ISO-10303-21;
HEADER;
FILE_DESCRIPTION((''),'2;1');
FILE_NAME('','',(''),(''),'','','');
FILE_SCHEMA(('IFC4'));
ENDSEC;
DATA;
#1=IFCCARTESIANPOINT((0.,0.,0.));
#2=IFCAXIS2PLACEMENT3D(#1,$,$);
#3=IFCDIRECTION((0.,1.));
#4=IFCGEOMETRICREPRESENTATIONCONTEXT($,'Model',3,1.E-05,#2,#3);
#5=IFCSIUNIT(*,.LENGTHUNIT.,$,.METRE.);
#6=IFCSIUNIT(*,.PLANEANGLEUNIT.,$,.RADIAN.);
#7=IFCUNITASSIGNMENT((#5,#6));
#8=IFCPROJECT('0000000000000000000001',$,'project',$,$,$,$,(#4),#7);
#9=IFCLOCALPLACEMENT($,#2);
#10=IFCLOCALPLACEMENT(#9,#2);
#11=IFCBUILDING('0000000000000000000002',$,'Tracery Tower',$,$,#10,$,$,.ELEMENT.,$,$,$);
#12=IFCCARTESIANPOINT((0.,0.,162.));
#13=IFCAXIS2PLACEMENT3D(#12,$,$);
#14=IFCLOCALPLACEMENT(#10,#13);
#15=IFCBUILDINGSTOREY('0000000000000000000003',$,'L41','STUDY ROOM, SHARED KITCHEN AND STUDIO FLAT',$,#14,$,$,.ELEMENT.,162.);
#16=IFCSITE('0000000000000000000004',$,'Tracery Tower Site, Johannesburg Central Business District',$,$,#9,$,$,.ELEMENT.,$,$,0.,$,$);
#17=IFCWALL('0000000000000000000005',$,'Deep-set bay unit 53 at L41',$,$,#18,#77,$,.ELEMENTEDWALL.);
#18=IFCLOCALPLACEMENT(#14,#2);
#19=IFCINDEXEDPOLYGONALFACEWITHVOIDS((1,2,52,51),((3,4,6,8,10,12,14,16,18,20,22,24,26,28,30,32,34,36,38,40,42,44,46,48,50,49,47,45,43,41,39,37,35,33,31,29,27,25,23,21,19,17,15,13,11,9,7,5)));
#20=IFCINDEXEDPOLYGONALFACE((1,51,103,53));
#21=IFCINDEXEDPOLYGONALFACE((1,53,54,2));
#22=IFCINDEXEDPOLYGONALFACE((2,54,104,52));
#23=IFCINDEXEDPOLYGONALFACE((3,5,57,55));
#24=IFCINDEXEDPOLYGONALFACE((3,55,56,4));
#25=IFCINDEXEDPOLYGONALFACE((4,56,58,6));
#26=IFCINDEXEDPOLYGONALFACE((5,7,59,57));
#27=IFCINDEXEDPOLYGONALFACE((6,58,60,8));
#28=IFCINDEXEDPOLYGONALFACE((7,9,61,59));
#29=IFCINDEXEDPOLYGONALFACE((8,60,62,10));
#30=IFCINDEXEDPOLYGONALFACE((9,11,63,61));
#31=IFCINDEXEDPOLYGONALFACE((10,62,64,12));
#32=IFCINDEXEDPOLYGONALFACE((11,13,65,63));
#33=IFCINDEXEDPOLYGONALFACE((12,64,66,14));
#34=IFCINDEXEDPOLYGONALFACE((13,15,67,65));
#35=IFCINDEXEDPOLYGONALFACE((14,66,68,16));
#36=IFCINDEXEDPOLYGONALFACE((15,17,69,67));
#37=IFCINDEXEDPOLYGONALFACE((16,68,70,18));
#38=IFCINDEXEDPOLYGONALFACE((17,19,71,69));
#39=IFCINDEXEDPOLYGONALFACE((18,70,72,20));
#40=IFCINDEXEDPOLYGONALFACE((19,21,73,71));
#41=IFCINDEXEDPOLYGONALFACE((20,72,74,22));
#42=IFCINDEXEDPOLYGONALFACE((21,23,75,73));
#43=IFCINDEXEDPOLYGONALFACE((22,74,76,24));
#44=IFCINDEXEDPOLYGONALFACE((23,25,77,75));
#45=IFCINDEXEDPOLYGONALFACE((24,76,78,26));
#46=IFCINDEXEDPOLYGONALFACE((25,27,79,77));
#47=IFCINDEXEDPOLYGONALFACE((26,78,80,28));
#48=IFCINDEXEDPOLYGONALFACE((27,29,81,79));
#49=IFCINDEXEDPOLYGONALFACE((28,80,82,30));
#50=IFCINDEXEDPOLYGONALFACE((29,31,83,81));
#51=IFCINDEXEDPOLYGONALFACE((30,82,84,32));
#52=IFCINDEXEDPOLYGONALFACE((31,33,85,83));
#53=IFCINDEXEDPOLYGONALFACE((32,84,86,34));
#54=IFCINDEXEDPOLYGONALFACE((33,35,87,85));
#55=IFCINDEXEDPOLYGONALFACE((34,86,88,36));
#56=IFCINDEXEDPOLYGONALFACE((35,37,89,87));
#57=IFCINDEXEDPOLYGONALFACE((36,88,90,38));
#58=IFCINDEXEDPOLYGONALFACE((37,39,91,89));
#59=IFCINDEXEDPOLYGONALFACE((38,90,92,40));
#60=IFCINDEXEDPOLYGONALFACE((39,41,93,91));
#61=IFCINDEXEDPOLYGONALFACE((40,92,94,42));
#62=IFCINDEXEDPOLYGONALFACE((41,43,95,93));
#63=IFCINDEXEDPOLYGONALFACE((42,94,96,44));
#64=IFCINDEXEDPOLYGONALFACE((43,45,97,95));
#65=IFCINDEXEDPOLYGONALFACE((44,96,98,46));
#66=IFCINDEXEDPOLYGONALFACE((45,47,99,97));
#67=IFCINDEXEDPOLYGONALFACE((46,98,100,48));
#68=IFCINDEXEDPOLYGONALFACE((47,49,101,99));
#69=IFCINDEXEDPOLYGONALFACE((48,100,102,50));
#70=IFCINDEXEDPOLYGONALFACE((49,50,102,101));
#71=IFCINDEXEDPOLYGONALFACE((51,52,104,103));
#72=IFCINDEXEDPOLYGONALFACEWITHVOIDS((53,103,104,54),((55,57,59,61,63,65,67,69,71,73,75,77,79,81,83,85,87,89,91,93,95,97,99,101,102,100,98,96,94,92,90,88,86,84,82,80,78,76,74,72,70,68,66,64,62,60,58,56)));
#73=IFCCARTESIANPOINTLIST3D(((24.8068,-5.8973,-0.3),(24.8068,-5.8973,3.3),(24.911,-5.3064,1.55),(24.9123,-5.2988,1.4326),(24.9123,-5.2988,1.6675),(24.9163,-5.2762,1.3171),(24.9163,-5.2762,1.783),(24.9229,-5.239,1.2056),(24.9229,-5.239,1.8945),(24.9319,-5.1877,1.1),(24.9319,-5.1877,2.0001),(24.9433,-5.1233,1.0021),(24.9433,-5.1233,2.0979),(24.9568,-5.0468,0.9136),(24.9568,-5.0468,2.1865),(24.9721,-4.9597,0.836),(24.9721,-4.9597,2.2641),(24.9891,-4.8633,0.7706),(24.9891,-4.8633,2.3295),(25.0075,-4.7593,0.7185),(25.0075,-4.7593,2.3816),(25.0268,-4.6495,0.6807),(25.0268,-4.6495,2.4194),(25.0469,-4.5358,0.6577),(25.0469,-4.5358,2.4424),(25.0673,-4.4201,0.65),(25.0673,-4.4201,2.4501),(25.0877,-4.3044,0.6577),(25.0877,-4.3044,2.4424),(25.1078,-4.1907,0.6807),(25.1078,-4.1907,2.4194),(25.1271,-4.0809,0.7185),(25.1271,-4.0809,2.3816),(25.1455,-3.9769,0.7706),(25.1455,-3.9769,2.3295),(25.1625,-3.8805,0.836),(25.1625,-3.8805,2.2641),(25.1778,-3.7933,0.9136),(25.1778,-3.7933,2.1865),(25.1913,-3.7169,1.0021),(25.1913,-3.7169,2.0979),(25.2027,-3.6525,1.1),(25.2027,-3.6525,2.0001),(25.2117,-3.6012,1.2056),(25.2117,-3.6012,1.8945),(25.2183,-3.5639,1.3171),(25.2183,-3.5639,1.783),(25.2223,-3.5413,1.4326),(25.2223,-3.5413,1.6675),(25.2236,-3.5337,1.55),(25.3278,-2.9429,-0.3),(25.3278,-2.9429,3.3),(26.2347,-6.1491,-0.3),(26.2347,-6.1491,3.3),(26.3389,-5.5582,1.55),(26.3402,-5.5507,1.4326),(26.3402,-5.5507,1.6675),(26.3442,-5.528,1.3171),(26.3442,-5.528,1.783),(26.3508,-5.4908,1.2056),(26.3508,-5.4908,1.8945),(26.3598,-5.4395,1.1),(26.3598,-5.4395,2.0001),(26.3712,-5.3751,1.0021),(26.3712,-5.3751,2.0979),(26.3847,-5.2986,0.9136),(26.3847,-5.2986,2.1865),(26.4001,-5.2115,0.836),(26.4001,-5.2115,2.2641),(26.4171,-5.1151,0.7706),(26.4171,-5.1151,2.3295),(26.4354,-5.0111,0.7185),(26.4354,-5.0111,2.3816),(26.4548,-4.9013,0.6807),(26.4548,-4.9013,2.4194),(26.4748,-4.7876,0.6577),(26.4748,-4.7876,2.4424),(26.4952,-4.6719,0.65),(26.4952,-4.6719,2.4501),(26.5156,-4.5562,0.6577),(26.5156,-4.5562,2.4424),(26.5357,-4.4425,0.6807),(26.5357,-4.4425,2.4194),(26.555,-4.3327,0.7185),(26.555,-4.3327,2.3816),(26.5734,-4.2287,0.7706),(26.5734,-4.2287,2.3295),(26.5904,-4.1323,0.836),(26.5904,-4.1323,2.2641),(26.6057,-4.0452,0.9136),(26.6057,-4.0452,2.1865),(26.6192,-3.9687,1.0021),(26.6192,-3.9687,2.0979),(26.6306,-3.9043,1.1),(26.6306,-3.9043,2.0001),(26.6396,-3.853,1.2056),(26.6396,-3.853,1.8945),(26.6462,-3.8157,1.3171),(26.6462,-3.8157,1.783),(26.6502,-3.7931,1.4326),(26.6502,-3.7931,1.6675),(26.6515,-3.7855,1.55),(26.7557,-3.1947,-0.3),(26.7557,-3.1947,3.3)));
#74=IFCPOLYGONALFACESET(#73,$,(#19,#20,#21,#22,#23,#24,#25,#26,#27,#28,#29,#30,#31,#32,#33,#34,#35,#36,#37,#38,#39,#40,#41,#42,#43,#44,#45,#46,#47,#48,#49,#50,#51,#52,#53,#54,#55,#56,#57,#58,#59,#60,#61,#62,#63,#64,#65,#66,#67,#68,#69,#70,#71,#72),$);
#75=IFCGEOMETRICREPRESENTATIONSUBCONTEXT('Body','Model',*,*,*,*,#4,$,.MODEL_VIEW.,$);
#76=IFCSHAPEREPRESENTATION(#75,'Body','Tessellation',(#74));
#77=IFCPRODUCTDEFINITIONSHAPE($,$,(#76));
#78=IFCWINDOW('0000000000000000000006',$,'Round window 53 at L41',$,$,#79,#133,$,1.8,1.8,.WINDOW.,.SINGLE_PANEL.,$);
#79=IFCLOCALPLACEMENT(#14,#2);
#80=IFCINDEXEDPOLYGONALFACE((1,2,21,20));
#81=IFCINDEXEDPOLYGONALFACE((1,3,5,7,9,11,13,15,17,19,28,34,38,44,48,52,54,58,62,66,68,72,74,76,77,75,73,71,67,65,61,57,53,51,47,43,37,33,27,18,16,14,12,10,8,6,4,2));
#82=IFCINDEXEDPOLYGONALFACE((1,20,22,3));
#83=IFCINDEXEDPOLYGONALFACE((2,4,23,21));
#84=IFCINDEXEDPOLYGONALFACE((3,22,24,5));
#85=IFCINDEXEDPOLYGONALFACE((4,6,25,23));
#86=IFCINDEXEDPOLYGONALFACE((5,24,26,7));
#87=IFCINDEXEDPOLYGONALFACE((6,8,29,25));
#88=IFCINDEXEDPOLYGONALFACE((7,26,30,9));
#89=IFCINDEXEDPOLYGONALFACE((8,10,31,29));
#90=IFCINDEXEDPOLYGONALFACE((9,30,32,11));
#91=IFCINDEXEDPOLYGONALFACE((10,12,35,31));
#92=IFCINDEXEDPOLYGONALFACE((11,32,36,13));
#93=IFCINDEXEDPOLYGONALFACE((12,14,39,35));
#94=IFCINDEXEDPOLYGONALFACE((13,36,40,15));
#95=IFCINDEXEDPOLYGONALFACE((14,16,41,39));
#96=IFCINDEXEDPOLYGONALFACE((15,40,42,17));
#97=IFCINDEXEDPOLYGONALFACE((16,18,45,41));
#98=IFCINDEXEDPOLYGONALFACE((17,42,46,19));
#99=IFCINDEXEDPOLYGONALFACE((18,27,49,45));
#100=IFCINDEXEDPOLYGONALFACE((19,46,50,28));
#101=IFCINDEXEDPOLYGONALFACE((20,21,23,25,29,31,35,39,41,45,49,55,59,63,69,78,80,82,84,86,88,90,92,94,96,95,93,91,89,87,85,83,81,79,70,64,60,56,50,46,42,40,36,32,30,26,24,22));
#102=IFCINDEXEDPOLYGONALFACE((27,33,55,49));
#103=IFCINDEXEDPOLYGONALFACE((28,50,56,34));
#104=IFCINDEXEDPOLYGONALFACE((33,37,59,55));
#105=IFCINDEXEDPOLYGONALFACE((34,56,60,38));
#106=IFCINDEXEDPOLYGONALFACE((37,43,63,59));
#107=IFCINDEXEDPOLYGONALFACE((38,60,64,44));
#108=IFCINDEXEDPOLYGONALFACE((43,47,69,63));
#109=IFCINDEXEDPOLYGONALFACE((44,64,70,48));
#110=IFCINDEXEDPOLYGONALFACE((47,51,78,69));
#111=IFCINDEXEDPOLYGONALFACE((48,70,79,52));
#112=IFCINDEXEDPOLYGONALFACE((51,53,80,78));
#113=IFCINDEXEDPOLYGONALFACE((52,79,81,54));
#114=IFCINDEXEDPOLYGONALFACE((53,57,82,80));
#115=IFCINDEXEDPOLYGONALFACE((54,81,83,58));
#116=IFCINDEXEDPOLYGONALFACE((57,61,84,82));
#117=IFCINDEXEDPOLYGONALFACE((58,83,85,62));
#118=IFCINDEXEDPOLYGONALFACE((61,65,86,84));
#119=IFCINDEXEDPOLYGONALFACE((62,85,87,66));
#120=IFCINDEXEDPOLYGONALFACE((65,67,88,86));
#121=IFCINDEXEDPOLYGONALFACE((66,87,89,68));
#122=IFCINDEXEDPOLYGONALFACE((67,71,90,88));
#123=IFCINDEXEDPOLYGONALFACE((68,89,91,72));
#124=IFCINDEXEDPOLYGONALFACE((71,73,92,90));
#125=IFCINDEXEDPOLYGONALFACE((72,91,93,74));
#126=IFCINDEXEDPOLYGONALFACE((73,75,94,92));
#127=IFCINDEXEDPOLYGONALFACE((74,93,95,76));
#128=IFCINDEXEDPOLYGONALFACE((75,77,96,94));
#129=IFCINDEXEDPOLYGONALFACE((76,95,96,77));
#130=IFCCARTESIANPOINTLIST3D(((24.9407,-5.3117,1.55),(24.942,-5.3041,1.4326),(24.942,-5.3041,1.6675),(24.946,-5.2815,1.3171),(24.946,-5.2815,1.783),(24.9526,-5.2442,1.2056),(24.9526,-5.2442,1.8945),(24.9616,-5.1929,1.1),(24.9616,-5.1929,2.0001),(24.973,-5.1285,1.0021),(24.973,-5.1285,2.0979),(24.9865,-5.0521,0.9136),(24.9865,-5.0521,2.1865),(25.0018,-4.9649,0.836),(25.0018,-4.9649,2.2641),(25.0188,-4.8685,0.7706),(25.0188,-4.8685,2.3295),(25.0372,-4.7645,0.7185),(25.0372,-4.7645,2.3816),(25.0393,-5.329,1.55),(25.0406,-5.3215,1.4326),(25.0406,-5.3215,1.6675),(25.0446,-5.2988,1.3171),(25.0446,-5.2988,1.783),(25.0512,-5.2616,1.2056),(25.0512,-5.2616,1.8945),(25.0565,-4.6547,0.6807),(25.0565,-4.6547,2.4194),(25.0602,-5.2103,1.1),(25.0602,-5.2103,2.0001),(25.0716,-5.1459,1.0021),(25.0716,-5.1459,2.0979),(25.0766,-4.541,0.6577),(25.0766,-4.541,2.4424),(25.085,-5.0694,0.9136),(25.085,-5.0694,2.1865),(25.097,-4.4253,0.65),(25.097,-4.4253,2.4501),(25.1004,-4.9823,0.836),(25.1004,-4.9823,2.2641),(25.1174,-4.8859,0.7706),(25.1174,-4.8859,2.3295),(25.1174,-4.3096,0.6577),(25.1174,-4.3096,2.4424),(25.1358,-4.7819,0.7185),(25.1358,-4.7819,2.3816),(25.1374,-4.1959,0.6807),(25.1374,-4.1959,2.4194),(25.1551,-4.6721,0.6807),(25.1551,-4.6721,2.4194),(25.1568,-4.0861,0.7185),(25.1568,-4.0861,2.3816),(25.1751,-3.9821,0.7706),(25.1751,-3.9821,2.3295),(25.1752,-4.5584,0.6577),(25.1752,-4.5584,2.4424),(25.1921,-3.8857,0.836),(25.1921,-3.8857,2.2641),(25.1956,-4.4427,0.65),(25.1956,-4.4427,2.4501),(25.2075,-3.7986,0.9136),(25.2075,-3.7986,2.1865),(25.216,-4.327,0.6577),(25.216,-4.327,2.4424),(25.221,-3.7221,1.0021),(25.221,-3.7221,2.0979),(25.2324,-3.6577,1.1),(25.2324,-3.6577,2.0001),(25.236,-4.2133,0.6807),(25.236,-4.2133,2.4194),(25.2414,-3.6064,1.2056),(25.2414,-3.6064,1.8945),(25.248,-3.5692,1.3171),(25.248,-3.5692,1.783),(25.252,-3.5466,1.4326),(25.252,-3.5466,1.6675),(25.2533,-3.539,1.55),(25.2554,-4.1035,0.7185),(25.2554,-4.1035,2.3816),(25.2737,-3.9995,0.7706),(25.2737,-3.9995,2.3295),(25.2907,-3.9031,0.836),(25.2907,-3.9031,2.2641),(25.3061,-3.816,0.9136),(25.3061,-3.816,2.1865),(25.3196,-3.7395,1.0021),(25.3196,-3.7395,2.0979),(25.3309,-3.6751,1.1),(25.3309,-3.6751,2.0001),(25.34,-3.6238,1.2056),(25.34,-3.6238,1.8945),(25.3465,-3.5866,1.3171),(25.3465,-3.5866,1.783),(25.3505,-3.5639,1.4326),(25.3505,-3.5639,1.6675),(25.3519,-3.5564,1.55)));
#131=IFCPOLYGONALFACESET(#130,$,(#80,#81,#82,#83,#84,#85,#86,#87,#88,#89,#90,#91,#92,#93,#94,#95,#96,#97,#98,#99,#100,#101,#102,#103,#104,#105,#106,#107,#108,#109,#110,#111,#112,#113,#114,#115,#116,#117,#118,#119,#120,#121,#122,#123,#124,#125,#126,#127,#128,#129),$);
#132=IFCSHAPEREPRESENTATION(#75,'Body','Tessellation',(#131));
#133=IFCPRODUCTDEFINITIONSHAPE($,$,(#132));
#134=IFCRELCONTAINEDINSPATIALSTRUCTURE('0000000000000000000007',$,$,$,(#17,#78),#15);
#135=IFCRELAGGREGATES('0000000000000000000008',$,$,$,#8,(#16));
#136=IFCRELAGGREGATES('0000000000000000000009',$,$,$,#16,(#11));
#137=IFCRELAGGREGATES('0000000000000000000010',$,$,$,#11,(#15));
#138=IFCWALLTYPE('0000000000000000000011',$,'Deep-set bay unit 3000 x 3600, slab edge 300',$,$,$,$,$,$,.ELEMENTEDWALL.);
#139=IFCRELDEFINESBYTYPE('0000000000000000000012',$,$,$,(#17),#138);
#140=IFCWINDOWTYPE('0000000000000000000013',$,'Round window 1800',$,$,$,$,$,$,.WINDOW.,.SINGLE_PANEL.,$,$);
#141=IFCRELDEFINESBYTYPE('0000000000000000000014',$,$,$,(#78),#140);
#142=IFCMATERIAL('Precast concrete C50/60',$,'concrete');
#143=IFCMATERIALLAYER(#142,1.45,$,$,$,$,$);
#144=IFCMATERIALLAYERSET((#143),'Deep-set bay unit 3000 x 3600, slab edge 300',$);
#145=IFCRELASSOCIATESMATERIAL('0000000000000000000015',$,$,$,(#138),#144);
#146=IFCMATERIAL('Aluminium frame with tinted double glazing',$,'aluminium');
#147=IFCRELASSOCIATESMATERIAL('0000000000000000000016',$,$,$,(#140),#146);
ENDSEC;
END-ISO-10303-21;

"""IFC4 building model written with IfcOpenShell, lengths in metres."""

from ifc_helpers import new_model, si_unit, direction, frame, frame_2d, origin, origin_2d, place, context, subcontext, project, spatial, rectangle, circle, extrude, material, layer, layer_set, type_object, element, fill, save


model = new_model("IFC4")

# Units and contexts
model_context = context("Model", 3, precision=1e-05, world=origin(), true_north=direction((0.0, 1.0)))
body_context = subcontext(model_context, "Body", "Model", "MODEL_VIEW")
ifc_project = project(units=[si_unit("LENGTHUNIT", "METRE"), si_unit("PLANEANGLEUNIT", "RADIAN")], contexts=[model_context])

# Site, building, storey
site_placement = place(None, origin())
site = spatial("IfcSite", under=ifc_project, at=site_placement, Name="Tracery Tower Site, Johannesburg Central Business District", CompositionType="ELEMENT", RefElevation=0.0)
building_placement = place(site_placement, origin())
building = spatial("IfcBuilding", under=site, at=building_placement, Name="Tracery Tower", CompositionType="ELEMENT")
storey_placement = place(building_placement, frame((0.0, 0.0, 162.0)))
storey = spatial("IfcBuildingStorey", under=building, at=storey_placement, Name="L41", Description="STUDY ROOM, SHARED KITCHEN AND STUDIO FLAT", CompositionType="ELEMENT", Elevation=162.0)

# Wall, opening, window
ifc_material_1 = material(Name="Precast concrete C50/60", Category="concrete")
ifc_layer_1 = layer(ifc_material_1, 1.45)
ifc_layer_set_1 = layer_set([ifc_layer_1], Name="Deep-set bay unit 3000 x 3600, slab edge 300")
wall_type_1 = type_object("IfcWallType", Name="Deep-set bay unit 3000 x 3600, slab edge 300", PredefinedType="ELEMENTEDWALL", material=ifc_layer_set_1)
wall_1_placement = place(storey_placement, frame((25.5208, -6.0232, -0.3), z_axis=(0.0, 0.0, 1.0), x_axis=(0.173669, 0.984804, 0.0)))
wall_1 = element("IfcWall", 1, at=wall_1_placement, inside=storey, type_object=wall_type_1, Name="Deep-set bay unit 53 at L41", PredefinedType="ELEMENTEDWALL", context=body_context, shape_type="SweptSolid", body=[
    extrude(rectangle(XDim=3.0, YDim=1.45, at=frame_2d((1.5, 0.0))), origin(), (0.0, 0.0, 1.0), 3.6001),
])
opening_1_placement = place(wall_1_placement, frame((1.5, 0.0, 1.8501)))
opening_1 = element("IfcOpeningElement", 2, at=opening_1_placement, cuts=wall_1, PredefinedType="OPENING", context=body_context, shape_type="SweptSolid", body=[
    extrude(circle(Radius=0.9, at=origin_2d()), frame((0.0, 0.7349, 0.0), z_axis=(0.0, -1.0, 0.0), x_axis=(1.0, 0.0, 0.0)), (0.0, 0.0, 1.0), 1.47),
])
ifc_material_2 = material(Name="Aluminium frame with tinted double glazing", Category="aluminium")
window_type = type_object("IfcWindowType", Name="Round window 1800", PartitioningType="SINGLE_PANEL", PredefinedType="WINDOW", material=ifc_material_2)
window_1_placement = place(opening_1_placement, origin())
window_1 = element("IfcWindow", 3, at=window_1_placement, inside=storey, type_object=window_type, Name="Round window 53 at L41", OverallHeight=1.8, OverallWidth=1.8, PartitioningType="SINGLE_PANEL", PredefinedType="WINDOW", context=body_context, shape_type="SweptSolid", body=[
    extrude(circle(Radius=0.9, at=origin_2d()), frame((0.0, 0.6948, 0.0), z_axis=(0.0, -1.0, 0.0), x_axis=(1.0, 0.0, 0.0)), (0.0, 0.0, 1.0), 0.1001),
])
fill(opening_1, window_1)

save(model, "model.ifc")
